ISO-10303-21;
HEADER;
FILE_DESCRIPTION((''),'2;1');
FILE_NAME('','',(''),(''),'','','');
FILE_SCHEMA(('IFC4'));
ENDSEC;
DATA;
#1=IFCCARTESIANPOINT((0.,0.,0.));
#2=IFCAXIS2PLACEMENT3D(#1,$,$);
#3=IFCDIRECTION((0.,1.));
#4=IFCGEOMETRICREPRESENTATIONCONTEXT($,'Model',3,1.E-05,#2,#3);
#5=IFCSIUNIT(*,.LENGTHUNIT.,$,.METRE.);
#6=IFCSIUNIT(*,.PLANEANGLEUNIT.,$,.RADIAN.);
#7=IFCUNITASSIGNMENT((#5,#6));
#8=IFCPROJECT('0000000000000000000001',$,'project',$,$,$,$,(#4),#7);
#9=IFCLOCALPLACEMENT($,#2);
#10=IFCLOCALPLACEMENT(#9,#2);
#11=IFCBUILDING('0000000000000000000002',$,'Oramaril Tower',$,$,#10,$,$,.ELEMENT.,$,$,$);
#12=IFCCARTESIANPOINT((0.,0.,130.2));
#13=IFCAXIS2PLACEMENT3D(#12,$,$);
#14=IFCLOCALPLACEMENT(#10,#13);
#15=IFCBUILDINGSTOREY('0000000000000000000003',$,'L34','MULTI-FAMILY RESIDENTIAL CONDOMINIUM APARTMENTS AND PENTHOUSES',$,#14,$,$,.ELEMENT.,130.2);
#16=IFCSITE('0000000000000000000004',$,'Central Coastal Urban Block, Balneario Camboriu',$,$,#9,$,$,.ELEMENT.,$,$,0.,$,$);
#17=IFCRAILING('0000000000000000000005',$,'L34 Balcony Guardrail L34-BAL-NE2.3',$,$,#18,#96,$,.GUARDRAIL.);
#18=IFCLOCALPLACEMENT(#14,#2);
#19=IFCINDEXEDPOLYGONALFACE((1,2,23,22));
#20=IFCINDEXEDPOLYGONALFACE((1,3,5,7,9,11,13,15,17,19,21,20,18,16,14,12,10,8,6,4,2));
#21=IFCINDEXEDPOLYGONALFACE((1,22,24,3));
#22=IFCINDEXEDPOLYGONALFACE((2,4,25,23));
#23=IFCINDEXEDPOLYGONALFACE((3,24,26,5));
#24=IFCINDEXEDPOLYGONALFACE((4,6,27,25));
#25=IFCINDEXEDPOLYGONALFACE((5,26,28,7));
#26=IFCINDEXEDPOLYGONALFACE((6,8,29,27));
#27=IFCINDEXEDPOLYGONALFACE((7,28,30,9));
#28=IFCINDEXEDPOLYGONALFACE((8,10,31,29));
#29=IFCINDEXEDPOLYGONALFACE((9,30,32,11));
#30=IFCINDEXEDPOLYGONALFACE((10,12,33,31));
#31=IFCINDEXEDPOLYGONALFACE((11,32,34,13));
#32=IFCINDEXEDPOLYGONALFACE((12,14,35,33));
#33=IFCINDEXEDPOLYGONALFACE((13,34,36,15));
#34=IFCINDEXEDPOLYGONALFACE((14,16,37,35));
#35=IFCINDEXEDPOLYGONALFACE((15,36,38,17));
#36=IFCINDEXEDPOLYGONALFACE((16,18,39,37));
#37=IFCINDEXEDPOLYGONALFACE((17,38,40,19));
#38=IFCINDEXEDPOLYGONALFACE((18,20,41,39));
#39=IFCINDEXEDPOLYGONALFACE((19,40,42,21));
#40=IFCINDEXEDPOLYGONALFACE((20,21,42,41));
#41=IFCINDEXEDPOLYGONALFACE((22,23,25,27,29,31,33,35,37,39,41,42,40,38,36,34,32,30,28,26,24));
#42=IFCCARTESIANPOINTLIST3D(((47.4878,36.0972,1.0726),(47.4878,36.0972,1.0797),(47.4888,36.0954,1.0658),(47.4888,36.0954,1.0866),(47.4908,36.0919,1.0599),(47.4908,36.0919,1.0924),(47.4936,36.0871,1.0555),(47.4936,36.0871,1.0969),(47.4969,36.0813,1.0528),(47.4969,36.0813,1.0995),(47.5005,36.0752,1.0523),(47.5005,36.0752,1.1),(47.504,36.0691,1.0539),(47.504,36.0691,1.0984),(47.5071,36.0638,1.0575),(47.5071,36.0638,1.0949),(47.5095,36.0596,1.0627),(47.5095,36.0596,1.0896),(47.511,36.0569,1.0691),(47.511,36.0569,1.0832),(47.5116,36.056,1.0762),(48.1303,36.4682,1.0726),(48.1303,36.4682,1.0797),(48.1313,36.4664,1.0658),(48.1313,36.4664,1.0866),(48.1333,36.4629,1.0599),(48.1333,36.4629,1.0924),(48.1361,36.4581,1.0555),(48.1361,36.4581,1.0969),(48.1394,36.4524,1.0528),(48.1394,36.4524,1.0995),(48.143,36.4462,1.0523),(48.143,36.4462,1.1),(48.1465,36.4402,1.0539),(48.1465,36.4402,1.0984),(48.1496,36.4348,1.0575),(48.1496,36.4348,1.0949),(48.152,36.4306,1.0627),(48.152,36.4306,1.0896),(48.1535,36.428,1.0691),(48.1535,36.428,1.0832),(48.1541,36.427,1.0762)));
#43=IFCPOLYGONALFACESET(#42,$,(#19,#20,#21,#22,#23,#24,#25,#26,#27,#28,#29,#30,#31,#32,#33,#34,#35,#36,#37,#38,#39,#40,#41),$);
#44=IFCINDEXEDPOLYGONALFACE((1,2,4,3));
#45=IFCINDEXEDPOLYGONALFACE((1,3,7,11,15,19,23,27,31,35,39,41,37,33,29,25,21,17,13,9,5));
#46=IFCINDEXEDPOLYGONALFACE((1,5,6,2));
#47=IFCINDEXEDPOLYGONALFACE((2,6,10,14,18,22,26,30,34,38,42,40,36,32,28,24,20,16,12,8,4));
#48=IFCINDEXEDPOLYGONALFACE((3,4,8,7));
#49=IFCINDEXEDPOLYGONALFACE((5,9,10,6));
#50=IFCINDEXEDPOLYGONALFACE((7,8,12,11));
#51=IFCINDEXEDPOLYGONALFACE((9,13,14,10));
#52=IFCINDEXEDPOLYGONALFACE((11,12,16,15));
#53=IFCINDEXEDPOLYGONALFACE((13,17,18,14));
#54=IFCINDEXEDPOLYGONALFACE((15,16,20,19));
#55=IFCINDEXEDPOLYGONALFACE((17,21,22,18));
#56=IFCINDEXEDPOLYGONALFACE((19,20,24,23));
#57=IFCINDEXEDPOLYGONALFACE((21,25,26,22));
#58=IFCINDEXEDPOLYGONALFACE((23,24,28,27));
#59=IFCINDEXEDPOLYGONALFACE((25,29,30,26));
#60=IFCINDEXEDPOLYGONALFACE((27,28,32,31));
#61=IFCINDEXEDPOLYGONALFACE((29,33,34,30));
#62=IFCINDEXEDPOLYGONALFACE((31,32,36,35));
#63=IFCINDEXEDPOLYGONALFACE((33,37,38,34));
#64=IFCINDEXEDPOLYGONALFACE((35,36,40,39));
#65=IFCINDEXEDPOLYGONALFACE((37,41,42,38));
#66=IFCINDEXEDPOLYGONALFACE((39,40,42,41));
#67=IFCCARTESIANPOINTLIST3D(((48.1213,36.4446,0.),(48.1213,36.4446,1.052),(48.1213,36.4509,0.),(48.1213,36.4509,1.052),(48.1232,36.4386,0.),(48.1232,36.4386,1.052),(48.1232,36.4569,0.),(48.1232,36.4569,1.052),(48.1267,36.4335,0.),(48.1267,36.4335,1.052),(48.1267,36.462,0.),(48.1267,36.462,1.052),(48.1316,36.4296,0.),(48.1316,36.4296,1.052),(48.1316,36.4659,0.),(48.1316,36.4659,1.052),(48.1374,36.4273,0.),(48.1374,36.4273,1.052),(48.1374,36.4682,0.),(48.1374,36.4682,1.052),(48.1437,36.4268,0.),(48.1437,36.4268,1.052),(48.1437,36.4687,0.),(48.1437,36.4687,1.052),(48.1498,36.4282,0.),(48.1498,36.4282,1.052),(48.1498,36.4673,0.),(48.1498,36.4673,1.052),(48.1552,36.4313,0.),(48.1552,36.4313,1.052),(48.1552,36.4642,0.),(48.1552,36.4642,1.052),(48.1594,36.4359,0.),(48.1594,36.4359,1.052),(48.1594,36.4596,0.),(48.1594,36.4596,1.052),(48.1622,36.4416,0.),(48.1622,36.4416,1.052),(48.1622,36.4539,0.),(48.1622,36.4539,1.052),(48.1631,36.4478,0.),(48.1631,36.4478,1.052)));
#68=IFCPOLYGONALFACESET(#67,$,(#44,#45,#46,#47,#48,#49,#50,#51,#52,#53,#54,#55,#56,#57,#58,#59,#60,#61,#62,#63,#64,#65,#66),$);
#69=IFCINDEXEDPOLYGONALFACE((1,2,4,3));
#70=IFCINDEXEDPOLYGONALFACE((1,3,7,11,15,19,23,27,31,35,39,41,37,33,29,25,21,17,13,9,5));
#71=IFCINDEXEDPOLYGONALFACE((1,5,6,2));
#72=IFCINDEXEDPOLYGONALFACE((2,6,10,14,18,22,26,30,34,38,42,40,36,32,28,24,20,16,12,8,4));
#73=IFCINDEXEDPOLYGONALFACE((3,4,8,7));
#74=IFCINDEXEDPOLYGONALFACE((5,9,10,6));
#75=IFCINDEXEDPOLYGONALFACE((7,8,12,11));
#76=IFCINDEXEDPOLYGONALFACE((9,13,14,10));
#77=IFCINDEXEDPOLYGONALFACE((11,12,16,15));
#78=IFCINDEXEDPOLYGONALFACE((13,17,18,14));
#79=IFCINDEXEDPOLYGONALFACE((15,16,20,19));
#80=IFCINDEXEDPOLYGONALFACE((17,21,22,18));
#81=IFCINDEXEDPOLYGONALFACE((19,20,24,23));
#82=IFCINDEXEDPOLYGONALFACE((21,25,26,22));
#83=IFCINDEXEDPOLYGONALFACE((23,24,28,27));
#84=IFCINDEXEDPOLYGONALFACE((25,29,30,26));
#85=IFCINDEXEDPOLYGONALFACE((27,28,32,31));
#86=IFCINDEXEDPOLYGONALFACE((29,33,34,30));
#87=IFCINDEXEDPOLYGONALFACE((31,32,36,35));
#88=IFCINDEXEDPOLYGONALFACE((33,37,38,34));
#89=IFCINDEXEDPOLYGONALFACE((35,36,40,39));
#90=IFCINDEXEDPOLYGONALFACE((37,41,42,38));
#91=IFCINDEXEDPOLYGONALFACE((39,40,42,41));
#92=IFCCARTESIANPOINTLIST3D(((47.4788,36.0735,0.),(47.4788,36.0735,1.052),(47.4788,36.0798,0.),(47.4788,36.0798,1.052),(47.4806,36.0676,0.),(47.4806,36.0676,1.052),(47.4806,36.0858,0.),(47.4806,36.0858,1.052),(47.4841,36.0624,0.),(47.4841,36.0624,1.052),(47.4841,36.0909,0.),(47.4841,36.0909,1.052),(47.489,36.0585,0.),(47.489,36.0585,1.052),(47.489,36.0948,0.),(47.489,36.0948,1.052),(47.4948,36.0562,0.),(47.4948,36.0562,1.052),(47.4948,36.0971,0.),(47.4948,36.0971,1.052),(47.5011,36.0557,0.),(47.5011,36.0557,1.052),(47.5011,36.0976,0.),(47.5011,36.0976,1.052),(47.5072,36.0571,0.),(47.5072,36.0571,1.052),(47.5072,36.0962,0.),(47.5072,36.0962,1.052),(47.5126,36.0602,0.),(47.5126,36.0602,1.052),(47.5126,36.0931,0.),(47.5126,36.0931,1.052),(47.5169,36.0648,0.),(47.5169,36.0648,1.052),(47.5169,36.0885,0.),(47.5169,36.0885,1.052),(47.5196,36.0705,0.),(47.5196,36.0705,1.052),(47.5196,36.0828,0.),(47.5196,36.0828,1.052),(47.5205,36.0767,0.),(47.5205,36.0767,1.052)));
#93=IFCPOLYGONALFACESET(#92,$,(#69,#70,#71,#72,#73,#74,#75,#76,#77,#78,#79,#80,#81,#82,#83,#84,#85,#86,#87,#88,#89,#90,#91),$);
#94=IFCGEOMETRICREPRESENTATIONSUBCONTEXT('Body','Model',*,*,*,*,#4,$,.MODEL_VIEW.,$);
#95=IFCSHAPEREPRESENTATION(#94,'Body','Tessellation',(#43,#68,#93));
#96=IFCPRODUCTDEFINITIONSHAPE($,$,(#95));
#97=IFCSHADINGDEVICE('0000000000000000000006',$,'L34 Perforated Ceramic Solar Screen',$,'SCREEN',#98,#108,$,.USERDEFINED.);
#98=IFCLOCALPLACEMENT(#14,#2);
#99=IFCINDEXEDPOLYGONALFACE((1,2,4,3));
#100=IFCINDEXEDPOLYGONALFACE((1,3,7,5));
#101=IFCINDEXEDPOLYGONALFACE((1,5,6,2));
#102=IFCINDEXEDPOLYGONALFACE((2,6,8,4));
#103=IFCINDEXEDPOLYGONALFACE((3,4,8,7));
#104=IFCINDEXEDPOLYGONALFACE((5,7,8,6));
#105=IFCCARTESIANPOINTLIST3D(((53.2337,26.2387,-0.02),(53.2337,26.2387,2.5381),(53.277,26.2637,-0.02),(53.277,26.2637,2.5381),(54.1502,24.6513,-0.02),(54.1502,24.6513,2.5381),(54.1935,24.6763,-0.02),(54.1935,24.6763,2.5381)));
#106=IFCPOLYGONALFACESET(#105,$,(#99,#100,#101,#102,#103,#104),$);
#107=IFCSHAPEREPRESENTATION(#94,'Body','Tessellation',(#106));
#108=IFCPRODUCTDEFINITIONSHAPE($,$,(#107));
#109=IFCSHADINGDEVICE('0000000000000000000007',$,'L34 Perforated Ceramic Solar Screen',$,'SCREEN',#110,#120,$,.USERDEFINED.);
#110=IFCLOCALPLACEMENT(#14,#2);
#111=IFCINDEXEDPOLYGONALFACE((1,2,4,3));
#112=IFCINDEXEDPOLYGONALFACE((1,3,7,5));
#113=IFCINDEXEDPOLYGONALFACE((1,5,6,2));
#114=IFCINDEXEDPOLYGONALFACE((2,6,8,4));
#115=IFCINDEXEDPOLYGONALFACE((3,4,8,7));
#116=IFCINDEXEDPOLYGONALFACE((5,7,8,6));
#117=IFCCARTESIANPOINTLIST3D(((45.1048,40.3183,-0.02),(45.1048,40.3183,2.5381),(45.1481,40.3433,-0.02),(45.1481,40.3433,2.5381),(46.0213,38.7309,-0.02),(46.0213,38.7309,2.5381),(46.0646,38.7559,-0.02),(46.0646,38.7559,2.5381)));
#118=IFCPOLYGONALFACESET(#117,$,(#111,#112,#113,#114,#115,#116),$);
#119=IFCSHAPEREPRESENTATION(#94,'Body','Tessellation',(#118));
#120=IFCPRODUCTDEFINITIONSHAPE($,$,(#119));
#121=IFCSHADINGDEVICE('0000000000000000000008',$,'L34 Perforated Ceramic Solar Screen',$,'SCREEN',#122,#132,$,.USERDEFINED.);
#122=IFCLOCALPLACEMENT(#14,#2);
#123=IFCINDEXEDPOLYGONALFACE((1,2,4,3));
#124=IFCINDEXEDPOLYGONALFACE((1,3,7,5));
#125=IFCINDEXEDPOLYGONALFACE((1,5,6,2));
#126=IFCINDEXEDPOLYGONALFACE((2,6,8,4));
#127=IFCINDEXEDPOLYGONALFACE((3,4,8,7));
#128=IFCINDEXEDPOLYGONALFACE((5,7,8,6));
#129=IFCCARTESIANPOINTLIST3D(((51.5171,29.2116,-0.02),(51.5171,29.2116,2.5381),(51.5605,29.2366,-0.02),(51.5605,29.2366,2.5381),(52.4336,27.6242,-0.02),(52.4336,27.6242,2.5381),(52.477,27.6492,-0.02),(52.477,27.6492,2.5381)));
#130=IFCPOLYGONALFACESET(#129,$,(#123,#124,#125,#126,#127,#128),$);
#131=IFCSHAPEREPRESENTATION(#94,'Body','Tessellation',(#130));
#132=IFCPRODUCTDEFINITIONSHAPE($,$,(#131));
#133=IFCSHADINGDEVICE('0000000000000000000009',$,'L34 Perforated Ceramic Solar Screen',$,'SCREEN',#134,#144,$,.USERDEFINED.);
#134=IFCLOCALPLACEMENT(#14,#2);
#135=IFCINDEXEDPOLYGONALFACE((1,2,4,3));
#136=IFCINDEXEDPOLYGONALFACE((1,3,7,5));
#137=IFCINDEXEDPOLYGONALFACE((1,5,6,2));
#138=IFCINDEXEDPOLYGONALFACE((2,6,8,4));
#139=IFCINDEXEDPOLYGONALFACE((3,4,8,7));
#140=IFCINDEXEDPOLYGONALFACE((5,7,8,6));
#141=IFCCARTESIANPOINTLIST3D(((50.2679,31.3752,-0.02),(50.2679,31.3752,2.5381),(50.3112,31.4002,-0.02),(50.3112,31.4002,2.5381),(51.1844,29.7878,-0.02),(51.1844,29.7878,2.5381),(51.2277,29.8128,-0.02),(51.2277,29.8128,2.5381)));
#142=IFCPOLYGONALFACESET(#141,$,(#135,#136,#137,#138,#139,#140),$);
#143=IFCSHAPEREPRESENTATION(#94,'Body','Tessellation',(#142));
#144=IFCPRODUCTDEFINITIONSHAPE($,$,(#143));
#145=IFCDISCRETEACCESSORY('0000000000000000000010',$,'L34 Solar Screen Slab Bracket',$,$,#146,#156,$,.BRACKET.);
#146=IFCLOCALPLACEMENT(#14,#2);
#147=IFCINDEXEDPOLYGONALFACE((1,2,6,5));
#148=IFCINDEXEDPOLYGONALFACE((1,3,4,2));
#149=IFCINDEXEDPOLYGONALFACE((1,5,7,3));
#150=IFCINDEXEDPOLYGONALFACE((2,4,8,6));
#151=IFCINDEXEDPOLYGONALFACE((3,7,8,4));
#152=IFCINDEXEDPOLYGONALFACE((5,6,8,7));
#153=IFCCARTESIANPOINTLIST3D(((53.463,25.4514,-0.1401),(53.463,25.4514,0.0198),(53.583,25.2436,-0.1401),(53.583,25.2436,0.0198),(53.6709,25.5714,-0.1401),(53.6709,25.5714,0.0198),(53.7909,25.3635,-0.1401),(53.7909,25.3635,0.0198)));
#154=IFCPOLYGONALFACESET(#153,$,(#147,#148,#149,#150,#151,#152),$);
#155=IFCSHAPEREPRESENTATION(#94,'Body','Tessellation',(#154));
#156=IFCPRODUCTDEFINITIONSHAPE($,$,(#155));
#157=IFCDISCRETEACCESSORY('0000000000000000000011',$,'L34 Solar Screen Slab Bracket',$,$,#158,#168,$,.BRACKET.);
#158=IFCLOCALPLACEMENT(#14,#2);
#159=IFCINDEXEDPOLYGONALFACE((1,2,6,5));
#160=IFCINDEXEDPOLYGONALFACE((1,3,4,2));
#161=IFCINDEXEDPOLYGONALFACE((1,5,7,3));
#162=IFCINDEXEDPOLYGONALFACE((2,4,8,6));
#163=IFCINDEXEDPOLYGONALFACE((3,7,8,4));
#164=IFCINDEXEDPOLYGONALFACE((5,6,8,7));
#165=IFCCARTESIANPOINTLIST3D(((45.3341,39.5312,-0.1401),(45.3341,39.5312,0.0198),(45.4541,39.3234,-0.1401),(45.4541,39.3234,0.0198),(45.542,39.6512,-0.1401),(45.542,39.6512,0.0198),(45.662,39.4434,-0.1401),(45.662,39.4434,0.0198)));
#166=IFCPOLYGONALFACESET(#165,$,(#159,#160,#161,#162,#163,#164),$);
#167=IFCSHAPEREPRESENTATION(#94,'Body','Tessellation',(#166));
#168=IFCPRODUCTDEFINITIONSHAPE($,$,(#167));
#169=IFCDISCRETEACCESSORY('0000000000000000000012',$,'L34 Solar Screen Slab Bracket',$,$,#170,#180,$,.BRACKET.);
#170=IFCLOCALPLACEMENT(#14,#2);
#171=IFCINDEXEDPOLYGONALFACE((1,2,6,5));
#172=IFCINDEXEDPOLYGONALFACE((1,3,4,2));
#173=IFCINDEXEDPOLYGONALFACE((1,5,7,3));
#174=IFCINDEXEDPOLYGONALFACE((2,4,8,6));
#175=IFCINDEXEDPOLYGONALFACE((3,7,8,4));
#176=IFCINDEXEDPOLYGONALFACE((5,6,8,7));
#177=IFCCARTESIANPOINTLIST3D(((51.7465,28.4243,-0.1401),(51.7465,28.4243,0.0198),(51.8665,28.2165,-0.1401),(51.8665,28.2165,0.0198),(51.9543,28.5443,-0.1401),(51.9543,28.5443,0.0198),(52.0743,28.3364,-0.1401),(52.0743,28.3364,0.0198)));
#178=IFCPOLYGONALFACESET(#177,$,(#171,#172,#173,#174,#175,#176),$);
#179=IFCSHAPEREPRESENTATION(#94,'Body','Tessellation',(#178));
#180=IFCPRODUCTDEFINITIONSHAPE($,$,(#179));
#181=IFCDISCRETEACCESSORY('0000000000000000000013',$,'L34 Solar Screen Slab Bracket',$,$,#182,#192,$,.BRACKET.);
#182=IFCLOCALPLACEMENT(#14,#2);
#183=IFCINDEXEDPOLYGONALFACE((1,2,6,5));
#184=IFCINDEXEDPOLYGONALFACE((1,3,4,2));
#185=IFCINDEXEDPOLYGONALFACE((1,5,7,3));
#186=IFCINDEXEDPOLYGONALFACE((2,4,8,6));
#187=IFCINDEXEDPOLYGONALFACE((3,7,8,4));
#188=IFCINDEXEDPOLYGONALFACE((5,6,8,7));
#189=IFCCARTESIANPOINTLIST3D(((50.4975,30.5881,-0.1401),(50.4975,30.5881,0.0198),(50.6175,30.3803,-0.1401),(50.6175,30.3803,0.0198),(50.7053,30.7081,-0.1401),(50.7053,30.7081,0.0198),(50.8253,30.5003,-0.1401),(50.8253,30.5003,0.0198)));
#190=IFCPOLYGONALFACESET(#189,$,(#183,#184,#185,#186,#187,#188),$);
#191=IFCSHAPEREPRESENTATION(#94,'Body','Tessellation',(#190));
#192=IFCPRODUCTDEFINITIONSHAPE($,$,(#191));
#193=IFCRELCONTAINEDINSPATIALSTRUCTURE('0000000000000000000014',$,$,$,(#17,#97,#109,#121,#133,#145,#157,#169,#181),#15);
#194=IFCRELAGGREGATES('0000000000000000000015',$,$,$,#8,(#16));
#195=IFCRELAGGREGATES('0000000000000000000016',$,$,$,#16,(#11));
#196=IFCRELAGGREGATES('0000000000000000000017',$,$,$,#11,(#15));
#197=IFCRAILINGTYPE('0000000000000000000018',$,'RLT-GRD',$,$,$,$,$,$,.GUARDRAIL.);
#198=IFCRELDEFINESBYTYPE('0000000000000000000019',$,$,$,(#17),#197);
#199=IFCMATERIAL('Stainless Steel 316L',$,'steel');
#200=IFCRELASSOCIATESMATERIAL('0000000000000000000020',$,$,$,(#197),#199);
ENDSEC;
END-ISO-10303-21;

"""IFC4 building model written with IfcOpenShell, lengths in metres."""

from ifc_helpers import new_model, si_unit, direction, frame, origin, origin_2d, place, context, subcontext, project, spatial, rectangle, circle, extrude, material, type_object, element, save


model = new_model("IFC4")

# Units and contexts
model_context = context("Model", 3, precision=1e-05, world=origin(), true_north=direction((0.0, 1.0)))
body_context = subcontext(model_context, "Body", "Model", "MODEL_VIEW")
ifc_project = project(units=[si_unit("LENGTHUNIT", "METRE"), si_unit("PLANEANGLEUNIT", "RADIAN")], contexts=[model_context])

# Site, building, storey
site_placement = place(None, origin())
site = spatial("IfcSite", under=ifc_project, at=site_placement, Name="Central Coastal Urban Block, Balneario Camboriu", CompositionType="ELEMENT", RefElevation=0.0)
building_placement = place(site_placement, origin())
building = spatial("IfcBuilding", under=site, at=building_placement, Name="Oramaril Tower", CompositionType="ELEMENT")
storey_placement = place(building_placement, frame((0.0, 0.0, 130.2)))
storey = spatial("IfcBuildingStorey", under=building, at=storey_placement, Name="L34", Description="MULTI-FAMILY RESIDENTIAL CONDOMINIUM APARTMENTS AND PENTHOUSES", CompositionType="ELEMENT", Elevation=130.2)

# Railing
ifc_material_1 = material(Name="Stainless Steel 316L", Category="steel")
railing_type = type_object("IfcRailingType", Name="RLT-GRD", PredefinedType="GUARDRAIL", material=ifc_material_1)
railing_1_placement = place(storey_placement, frame((48.1421, 36.4478, 0.0)))
element("IfcRailing", 1, at=railing_1_placement, inside=storey, type_object=railing_type, Name="L34 Balcony Guardrail L34-BAL-NE2.3", PredefinedType="GUARDRAIL", context=body_context, shape_type="SweptSolid", body=[
    extrude(circle(Radius=0.0239, at=origin_2d()), frame((0.0, 0.0, 1.0762), z_axis=(-0.865966, -0.500102, 0.0), x_axis=(0.500102, -0.865966, 0.0)), (0.0, 0.0, 1.0), 0.7419),
    extrude(circle(Radius=0.021, at=origin_2d()), origin(), (0.0, 0.0, 1.0), 1.052),
    extrude(circle(Radius=0.021, at=origin_2d()), frame((-0.6426, -0.3711, 0.0)), (0.0, 0.0, 1.0), 1.052),
])

# Shading devices
for number, where, z_axis, x_axis, name in (
    (2, (53.7136, 25.4575, -0.02), (0.0, 0.0, 1.0), (-0.499998, 0.866026, 0.0), "L34 Perforated Ceramic Solar Screen"),
    (3, (45.5847, 39.5371, -0.02), (0.0, 0.0, 1.0), (-0.499998, 0.866026, 0.0), "L34 Perforated Ceramic Solar Screen"),
    (4, (51.9971, 28.4304, -0.02), (0.0, 0.0, 1.0), (-0.499998, 0.866026, 0.0), "L34 Perforated Ceramic Solar Screen"),
    (5, (50.7478, 30.594, -0.02), (0.0, 0.0, 1.0), (-0.499998, 0.866026, 0.0), "L34 Perforated Ceramic Solar Screen"),
):
    element("IfcShadingDevice", number, at=place(storey_placement, frame(where, z_axis=z_axis, x_axis=x_axis)), inside=storey, Name=name, ObjectType="SCREEN", PredefinedType="USERDEFINED", context=body_context, shape_type="SweptSolid", body=[
        extrude(rectangle(XDim=1.833, YDim=0.05, at=origin_2d()), origin(), (0.0, 0.0, 1.0), 2.5581),
    ])

# Discrete accessories
for number, where, z_axis, x_axis, name in (
    (6, (53.627, 25.4075, -0.1401), (0.0, 0.0, 1.0), (-0.499998, 0.866026, 0.0), "L34 Solar Screen Slab Bracket"),
    (7, (45.498, 39.4873, -0.1401), (0.0, 0.0, 1.0), (-0.499998, 0.866026, 0.0), "L34 Solar Screen Slab Bracket"),
    (8, (51.9104, 28.3804, -0.1401), (0.0, 0.0, 1.0), (-0.499998, 0.866026, 0.0), "L34 Solar Screen Slab Bracket"),
    (9, (50.6614, 30.5442, -0.1401), (0.0, 0.0, 1.0), (-0.499998, 0.866026, 0.0), "L34 Solar Screen Slab Bracket"),
):
    element("IfcDiscreteAccessory", number, at=place(storey_placement, frame(where, z_axis=z_axis, x_axis=x_axis)), inside=storey, Name=name, PredefinedType="BRACKET", context=body_context, shape_type="SweptSolid", body=[
        extrude(rectangle(XDim=0.24, YDim=0.24, at=origin_2d()), origin(), (0.0, 0.0, 1.0), 0.1599),
    ])

save(model, "model.ifc")
